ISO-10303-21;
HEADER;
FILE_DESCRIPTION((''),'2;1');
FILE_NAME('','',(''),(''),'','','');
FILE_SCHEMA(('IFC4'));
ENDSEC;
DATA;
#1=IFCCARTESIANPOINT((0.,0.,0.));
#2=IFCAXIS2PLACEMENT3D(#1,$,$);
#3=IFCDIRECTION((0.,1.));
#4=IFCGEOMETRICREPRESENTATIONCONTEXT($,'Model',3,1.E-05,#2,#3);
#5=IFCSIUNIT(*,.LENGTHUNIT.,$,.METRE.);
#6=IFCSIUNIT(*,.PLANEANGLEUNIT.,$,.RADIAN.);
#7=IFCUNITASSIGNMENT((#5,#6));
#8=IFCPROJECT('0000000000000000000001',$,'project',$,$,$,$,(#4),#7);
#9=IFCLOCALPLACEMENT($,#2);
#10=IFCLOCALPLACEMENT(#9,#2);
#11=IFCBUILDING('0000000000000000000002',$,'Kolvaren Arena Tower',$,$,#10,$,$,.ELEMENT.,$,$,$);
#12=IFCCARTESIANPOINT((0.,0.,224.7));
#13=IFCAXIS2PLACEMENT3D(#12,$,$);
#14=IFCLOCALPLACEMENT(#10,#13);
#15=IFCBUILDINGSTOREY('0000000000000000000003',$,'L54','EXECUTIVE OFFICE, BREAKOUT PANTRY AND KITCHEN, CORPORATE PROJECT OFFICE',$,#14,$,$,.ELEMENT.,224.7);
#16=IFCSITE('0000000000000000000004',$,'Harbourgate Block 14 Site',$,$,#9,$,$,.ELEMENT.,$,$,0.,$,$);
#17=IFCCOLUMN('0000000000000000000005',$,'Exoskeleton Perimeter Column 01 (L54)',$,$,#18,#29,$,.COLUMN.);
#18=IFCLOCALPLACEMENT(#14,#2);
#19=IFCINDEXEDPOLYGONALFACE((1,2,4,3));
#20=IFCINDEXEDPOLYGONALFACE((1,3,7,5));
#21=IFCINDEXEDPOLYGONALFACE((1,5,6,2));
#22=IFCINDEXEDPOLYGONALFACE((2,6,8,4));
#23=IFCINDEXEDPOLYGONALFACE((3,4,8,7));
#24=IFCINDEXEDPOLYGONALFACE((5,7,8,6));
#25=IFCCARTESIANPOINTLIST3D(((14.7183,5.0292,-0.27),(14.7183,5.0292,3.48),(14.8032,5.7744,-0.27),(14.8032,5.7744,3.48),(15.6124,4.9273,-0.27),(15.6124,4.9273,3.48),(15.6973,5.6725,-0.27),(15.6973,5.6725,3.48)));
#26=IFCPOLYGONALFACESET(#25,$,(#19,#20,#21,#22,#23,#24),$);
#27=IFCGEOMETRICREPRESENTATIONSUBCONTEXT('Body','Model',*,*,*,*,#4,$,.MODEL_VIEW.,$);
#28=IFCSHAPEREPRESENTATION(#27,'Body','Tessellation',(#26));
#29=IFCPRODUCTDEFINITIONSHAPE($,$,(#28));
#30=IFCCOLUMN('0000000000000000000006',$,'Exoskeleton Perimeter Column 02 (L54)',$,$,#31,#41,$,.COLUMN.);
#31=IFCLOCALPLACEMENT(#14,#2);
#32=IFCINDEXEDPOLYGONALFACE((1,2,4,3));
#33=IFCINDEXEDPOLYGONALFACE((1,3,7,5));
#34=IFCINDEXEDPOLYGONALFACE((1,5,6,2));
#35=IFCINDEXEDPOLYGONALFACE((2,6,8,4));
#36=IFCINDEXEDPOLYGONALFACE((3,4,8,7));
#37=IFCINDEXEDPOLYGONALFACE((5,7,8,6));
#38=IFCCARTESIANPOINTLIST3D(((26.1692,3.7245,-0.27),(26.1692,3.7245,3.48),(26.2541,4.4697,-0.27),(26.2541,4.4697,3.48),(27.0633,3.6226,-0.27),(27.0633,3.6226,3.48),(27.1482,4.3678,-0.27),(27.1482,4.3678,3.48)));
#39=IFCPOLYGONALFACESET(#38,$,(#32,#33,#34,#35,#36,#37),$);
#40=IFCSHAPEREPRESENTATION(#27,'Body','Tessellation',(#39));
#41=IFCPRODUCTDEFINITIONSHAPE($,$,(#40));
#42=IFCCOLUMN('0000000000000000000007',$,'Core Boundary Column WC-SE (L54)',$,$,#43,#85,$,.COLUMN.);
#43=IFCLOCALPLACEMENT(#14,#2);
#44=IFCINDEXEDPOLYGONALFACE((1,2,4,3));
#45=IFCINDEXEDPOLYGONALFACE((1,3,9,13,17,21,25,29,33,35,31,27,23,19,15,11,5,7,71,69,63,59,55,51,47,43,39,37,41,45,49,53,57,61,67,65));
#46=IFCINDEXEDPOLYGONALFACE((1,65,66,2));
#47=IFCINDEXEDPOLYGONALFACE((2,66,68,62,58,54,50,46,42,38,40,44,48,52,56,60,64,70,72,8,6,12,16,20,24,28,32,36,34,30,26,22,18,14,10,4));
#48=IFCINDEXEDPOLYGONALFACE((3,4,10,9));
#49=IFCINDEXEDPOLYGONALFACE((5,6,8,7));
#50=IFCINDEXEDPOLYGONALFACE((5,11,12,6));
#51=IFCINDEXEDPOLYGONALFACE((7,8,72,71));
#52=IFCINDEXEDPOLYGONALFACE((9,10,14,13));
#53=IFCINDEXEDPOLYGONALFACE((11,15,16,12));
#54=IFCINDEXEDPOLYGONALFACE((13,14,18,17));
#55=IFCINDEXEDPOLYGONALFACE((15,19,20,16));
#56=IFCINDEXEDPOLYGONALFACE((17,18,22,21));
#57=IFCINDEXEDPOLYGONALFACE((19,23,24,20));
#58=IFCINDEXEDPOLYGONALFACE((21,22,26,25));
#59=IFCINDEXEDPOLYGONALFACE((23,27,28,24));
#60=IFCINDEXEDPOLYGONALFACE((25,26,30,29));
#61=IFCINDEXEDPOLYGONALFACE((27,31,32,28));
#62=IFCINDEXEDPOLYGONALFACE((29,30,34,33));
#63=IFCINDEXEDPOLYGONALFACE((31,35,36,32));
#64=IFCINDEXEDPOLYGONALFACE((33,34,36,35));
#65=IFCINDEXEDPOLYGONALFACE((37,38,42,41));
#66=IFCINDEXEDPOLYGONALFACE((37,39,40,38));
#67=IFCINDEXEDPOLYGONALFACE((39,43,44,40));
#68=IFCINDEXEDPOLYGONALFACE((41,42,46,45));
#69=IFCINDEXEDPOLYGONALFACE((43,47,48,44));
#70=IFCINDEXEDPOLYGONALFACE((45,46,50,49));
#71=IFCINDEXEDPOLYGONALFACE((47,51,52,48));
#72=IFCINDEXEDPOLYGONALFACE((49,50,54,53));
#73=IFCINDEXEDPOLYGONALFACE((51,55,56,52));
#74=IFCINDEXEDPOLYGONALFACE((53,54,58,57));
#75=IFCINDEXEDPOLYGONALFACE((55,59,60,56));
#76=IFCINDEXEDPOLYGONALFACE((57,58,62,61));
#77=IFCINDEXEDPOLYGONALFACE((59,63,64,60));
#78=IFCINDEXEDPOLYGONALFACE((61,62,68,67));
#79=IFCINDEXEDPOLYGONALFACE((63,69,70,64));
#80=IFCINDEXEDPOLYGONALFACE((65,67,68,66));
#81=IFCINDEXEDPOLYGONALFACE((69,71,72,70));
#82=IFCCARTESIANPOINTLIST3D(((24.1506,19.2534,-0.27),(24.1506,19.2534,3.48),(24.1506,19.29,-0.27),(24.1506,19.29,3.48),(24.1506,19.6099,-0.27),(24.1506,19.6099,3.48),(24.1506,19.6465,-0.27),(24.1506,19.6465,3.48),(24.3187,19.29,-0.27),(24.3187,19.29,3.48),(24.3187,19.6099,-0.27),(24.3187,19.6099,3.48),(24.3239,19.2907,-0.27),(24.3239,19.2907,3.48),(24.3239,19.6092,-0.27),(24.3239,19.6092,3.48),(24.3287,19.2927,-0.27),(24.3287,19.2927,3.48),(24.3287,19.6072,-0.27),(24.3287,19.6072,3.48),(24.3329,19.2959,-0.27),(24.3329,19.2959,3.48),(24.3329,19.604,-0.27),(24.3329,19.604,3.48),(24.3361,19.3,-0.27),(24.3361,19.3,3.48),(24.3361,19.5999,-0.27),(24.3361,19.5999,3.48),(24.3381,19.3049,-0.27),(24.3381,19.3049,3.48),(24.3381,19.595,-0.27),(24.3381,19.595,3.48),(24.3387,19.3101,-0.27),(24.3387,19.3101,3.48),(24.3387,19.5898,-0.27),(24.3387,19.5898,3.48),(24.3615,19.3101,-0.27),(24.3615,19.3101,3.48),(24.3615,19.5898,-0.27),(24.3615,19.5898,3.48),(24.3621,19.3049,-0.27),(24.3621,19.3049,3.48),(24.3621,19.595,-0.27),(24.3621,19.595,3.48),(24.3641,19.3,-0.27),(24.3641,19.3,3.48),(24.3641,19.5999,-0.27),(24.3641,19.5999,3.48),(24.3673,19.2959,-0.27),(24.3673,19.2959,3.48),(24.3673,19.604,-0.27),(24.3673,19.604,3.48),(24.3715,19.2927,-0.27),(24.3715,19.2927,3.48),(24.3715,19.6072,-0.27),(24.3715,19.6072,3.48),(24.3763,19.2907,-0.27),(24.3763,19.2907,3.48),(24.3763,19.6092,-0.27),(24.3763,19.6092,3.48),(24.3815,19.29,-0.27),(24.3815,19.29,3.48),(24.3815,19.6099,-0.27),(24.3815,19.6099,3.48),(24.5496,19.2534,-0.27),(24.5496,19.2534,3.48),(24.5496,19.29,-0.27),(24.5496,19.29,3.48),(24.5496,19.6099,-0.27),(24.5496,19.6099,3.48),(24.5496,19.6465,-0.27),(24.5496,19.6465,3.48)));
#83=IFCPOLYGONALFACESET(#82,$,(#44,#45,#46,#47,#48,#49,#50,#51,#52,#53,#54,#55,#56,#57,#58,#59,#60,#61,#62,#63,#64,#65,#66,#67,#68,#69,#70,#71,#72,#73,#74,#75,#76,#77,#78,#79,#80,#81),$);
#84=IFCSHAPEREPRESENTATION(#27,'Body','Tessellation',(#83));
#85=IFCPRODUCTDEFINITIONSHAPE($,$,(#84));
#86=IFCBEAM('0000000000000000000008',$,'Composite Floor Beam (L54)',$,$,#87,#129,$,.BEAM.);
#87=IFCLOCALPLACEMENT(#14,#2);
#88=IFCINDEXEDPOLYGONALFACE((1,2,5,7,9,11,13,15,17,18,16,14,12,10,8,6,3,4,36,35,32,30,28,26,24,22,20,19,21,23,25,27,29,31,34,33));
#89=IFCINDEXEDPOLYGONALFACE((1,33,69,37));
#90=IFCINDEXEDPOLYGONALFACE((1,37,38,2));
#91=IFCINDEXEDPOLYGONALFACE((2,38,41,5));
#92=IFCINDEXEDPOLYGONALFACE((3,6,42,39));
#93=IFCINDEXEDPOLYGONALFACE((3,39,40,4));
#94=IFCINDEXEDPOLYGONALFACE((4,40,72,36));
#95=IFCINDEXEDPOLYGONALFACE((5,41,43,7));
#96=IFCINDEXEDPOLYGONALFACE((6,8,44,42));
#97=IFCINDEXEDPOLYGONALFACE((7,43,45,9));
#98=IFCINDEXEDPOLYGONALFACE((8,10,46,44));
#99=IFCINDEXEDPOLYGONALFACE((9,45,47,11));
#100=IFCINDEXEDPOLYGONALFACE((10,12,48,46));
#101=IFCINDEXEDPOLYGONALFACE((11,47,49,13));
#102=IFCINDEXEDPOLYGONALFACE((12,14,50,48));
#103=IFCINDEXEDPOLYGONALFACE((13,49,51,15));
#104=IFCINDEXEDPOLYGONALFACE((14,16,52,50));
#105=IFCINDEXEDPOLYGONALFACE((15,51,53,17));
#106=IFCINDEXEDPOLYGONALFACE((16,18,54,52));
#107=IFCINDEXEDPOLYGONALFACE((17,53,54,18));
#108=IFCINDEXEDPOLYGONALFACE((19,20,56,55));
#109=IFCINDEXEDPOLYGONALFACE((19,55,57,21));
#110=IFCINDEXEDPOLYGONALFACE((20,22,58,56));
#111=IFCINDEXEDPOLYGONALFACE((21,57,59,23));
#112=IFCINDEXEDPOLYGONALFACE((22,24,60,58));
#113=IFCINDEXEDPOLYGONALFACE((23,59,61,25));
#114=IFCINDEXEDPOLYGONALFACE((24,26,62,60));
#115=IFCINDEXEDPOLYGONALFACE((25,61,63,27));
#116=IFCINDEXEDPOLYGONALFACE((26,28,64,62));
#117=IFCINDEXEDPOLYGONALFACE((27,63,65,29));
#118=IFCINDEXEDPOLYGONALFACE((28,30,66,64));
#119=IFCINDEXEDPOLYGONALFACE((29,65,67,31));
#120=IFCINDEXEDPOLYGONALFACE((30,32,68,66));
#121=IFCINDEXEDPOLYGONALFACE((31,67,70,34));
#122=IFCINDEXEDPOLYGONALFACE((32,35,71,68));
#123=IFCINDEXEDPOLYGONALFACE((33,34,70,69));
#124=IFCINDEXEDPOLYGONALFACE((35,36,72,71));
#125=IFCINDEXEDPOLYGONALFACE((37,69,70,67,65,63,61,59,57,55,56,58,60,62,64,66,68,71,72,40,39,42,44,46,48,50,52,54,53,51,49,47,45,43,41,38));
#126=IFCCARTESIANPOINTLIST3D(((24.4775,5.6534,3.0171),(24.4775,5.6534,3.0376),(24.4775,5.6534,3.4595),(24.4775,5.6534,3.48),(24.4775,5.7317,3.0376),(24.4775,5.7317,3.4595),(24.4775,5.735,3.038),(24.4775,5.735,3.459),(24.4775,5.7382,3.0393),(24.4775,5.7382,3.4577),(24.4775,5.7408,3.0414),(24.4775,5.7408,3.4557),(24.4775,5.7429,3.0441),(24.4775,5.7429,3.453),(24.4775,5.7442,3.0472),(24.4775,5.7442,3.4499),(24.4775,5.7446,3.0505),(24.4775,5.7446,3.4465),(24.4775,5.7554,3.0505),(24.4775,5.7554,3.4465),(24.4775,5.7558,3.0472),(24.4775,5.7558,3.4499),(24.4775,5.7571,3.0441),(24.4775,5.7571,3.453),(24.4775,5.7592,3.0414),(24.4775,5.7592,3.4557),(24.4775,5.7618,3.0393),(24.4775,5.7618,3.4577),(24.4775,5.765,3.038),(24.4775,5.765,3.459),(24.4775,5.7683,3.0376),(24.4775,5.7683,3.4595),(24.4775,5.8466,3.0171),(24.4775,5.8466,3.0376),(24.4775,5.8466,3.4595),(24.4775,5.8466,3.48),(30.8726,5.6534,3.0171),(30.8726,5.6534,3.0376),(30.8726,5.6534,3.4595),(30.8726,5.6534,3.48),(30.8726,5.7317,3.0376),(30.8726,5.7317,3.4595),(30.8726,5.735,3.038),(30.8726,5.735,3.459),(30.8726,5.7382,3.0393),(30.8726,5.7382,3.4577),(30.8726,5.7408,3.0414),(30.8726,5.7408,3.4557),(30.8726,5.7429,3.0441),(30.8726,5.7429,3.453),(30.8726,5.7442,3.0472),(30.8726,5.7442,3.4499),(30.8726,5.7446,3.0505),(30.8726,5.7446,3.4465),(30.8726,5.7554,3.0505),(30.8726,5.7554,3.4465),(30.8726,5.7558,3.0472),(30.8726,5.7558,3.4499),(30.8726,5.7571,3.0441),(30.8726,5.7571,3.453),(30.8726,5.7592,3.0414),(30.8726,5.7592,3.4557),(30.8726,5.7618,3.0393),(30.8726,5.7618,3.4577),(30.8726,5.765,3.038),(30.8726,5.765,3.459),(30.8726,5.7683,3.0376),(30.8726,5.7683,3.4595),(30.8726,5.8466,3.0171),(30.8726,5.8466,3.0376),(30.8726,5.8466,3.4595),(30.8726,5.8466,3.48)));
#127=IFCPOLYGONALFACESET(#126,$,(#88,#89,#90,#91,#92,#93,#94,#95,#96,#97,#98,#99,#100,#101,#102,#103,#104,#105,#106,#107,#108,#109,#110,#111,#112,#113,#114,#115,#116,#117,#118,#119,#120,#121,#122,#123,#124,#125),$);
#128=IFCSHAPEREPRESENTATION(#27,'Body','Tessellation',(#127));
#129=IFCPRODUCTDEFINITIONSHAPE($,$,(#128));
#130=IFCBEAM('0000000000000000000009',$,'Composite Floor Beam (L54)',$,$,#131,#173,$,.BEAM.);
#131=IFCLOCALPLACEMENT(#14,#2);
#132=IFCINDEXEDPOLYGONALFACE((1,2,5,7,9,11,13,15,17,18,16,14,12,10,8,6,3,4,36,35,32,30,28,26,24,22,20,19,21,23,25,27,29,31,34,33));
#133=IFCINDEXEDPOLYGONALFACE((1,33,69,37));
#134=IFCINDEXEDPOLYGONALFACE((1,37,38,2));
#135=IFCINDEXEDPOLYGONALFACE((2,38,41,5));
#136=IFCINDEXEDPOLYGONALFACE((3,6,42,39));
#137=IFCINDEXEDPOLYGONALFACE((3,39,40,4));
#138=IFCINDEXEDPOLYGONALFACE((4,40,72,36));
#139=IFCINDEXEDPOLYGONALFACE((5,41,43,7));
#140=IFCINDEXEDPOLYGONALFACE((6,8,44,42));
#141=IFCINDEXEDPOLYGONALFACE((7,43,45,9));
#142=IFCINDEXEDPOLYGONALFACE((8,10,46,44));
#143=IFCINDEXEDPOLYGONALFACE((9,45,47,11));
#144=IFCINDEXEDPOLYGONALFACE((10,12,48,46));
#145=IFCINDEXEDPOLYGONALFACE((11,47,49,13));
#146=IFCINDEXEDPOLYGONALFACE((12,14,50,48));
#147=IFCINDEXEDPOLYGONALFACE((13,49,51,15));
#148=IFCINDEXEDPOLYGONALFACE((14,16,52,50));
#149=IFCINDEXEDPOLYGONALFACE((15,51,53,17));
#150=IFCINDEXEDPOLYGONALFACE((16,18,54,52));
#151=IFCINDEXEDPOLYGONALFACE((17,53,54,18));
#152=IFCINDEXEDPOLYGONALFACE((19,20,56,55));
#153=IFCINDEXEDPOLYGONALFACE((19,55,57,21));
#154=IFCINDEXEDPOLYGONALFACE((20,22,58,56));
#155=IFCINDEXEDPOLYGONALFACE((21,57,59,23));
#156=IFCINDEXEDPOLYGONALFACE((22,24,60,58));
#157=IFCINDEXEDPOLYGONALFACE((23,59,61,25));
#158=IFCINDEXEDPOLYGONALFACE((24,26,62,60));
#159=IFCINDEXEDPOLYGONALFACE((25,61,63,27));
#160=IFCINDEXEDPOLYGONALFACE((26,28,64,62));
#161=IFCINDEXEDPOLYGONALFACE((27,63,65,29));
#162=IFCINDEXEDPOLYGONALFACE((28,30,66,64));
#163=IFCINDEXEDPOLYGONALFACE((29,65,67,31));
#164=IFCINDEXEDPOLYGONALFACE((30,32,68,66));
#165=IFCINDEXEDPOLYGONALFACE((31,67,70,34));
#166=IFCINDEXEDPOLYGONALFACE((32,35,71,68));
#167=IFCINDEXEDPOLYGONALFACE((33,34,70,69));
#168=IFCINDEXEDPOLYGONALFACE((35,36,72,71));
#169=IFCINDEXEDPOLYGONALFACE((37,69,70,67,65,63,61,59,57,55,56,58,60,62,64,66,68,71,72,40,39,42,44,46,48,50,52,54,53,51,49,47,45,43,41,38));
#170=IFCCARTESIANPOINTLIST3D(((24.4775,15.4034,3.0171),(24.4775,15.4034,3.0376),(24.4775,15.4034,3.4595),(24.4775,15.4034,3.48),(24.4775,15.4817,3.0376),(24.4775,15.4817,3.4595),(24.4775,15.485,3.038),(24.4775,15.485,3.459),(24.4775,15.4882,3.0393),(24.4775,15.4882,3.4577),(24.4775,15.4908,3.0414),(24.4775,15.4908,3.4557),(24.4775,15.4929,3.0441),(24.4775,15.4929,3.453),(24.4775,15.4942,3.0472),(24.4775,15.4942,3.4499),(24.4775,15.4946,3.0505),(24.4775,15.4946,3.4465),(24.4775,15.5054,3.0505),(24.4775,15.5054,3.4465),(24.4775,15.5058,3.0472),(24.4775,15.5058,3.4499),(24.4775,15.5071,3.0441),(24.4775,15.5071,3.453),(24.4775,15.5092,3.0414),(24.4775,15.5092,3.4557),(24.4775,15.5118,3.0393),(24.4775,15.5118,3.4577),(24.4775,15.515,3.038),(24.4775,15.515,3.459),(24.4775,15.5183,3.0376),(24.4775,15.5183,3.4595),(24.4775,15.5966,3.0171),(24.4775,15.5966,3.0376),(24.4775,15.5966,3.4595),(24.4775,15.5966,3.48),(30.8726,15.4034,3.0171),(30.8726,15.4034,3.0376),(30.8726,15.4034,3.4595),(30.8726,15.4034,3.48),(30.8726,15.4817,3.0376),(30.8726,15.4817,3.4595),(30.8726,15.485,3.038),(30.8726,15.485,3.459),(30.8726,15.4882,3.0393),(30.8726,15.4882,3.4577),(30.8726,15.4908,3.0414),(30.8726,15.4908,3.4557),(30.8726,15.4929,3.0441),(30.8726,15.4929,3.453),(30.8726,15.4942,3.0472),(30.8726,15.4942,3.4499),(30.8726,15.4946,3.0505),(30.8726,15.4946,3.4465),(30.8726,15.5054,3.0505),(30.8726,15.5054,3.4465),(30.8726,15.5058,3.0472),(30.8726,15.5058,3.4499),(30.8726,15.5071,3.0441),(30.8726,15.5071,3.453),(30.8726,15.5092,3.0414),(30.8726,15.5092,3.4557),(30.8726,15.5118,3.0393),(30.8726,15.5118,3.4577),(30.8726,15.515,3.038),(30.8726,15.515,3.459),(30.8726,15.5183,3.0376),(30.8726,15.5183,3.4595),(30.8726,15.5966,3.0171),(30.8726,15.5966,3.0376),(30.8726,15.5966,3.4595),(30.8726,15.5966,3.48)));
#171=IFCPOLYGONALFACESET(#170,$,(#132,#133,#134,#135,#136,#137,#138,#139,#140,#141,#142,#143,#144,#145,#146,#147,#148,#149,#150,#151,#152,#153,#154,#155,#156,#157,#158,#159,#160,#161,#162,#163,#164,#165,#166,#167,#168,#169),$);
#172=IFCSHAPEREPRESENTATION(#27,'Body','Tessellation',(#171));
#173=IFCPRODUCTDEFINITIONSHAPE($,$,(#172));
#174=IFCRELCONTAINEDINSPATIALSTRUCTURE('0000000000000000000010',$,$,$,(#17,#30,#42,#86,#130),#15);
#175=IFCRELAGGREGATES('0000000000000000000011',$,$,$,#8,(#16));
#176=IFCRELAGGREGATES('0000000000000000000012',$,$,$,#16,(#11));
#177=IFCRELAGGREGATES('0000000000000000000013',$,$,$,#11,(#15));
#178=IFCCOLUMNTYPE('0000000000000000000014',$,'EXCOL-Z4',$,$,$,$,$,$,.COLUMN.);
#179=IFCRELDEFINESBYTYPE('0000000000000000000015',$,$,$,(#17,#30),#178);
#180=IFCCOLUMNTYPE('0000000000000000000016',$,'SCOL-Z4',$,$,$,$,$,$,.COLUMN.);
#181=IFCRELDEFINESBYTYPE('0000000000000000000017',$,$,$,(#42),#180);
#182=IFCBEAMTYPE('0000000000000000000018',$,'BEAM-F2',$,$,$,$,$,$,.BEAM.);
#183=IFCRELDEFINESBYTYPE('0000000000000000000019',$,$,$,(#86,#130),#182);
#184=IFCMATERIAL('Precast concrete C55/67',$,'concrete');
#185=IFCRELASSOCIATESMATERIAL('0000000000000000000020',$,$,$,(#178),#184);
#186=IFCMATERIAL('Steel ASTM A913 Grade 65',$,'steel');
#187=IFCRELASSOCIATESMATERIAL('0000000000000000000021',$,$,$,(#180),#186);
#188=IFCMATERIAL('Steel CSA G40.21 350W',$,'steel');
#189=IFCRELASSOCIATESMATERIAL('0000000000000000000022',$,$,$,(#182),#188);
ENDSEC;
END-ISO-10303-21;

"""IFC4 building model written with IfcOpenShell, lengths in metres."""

from ifc_helpers import new_model, si_unit, direction, frame, origin, origin_2d, place, context, subcontext, project, spatial, rectangle, i_section, extrude, material, material_profile, profile_set, type_object, element, save


model = new_model("IFC4")

# Units and contexts
model_context = context("Model", 3, precision=1e-05, world=origin(), true_north=direction((0.0, 1.0)))
body_context = subcontext(model_context, "Body", "Model", "MODEL_VIEW")
ifc_project = project(units=[si_unit("LENGTHUNIT", "METRE"), si_unit("PLANEANGLEUNIT", "RADIAN")], contexts=[model_context])

# Site, building, storey
site_placement = place(None, origin())
site = spatial("IfcSite", under=ifc_project, at=site_placement, Name="Harbourgate Block 14 Site", CompositionType="ELEMENT", RefElevation=0.0)
building_placement = place(site_placement, origin())
building = spatial("IfcBuilding", under=site, at=building_placement, Name="Kolvaren Arena Tower", CompositionType="ELEMENT")
storey_placement = place(building_placement, frame((0.0, 0.0, 224.7)))
storey = spatial("IfcBuildingStorey", under=building, at=storey_placement, Name="L54", Description="EXECUTIVE OFFICE, BREAKOUT PANTRY AND KITCHEN, CORPORATE PROJECT OFFICE", CompositionType="ELEMENT", Elevation=224.7)

# Columns
ifc_material_1 = material(Name="Precast concrete C55/67", Category="concrete")
ifc_material_profile_1 = material_profile(ifc_material_1, rectangle(XDim=0.8999, YDim=0.75, at=origin_2d()), Name="RC-900x750")
ifc_profile_set_1 = profile_set([ifc_material_profile_1], Name="Precast concrete C55/67")
column_type_1 = type_object("IfcColumnType", Name="EXCOL-Z4", PredefinedType="COLUMN", material=ifc_profile_set_1)
for number, where, z_axis, x_axis, name in (
    (1, (15.2078, 5.3508, -0.27), (0.0, 0.0, 1.0), (0.993572, -0.113203, 0.0), "Exoskeleton Perimeter Column 01 (L54)"),
    (2, (26.6587, 4.0461, -0.27), (0.0, 0.0, 1.0), (0.993572, -0.113203, 0.0), "Exoskeleton Perimeter Column 02 (L54)"),
):
    element("IfcColumn", number, at=place(storey_placement, frame(where, z_axis=z_axis, x_axis=x_axis)), inside=storey, type_object=column_type_1, Name=name, PredefinedType="COLUMN", context=body_context, shape_type="SweptSolid", body=[
        extrude(rectangle(XDim=0.8999, YDim=0.75, at=origin_2d()), origin(), (0.0, 0.0, 1.0), 3.75),
    ])
ifc_material_2 = material(Name="Steel ASTM A913 Grade 65", Category="steel")
ifc_material_profile_2 = material_profile(ifc_material_2, i_section(OverallWidth=0.3989, OverallDepth=0.3931, WebThickness=0.0227, FlangeThickness=0.0366, FilletRadius=0.02, at=origin_2d()), Name="W360x287")
ifc_profile_set_2 = profile_set([ifc_material_profile_2], Name="Steel ASTM A913 Grade 65")
column_type_2 = type_object("IfcColumnType", Name="SCOL-Z4", PredefinedType="COLUMN", material=ifc_profile_set_2)
column_placement = place(storey_placement, frame((24.3501, 19.45, -0.27), z_axis=(0.0, 0.0, 1.0), x_axis=(1.0, 0.0, 0.0)))
element("IfcColumn", 3, at=column_placement, inside=storey, type_object=column_type_2, Name="Core Boundary Column WC-SE (L54)", PredefinedType="COLUMN", context=body_context, shape_type="SweptSolid", body=[
    extrude(i_section(OverallWidth=0.3989, OverallDepth=0.3931, WebThickness=0.0227, FlangeThickness=0.0366, FilletRadius=0.02, at=origin_2d()), origin(), (0.0, 0.0, 1.0), 3.75),
])

# Beams
ifc_material_3 = material(Name="Steel CSA G40.21 350W", Category="steel")
ifc_material_profile_3 = material_profile(ifc_material_3, i_section(OverallWidth=0.1931, OverallDepth=0.4629, WebThickness=0.0107, FlangeThickness=0.0205, FilletRadius=0.0129, at=origin_2d()), Name="W460x113")
ifc_profile_set_3 = profile_set([ifc_material_profile_3], Name="Steel CSA G40.21 350W")
beam_type_1 = type_object("IfcBeamType", Name="BEAM-F2", PredefinedType="BEAM", material=ifc_profile_set_3)
for number, where, z_axis, x_axis, name in (
    (4, (24.4775, 5.75, 3.2485), (1.0, 0.0, 0.0), (0.0, 1.0, 0.0), "Composite Floor Beam (L54)"),
    (5, (24.4775, 15.5, 3.2485), (1.0, 0.0, 0.0), (0.0, 1.0, 0.0), "Composite Floor Beam (L54)"),
):
    element("IfcBeam", number, at=place(storey_placement, frame(where, z_axis=z_axis, x_axis=x_axis)), inside=storey, type_object=beam_type_1, Name=name, PredefinedType="BEAM", context=body_context, shape_type="SweptSolid", body=[
        extrude(i_section(OverallWidth=0.1931, OverallDepth=0.4629, WebThickness=0.0107, FlangeThickness=0.0205, FilletRadius=0.0129, at=origin_2d()), origin(), (0.0, 0.0, 1.0), 6.395),
    ])

save(model, "model.ifc")
